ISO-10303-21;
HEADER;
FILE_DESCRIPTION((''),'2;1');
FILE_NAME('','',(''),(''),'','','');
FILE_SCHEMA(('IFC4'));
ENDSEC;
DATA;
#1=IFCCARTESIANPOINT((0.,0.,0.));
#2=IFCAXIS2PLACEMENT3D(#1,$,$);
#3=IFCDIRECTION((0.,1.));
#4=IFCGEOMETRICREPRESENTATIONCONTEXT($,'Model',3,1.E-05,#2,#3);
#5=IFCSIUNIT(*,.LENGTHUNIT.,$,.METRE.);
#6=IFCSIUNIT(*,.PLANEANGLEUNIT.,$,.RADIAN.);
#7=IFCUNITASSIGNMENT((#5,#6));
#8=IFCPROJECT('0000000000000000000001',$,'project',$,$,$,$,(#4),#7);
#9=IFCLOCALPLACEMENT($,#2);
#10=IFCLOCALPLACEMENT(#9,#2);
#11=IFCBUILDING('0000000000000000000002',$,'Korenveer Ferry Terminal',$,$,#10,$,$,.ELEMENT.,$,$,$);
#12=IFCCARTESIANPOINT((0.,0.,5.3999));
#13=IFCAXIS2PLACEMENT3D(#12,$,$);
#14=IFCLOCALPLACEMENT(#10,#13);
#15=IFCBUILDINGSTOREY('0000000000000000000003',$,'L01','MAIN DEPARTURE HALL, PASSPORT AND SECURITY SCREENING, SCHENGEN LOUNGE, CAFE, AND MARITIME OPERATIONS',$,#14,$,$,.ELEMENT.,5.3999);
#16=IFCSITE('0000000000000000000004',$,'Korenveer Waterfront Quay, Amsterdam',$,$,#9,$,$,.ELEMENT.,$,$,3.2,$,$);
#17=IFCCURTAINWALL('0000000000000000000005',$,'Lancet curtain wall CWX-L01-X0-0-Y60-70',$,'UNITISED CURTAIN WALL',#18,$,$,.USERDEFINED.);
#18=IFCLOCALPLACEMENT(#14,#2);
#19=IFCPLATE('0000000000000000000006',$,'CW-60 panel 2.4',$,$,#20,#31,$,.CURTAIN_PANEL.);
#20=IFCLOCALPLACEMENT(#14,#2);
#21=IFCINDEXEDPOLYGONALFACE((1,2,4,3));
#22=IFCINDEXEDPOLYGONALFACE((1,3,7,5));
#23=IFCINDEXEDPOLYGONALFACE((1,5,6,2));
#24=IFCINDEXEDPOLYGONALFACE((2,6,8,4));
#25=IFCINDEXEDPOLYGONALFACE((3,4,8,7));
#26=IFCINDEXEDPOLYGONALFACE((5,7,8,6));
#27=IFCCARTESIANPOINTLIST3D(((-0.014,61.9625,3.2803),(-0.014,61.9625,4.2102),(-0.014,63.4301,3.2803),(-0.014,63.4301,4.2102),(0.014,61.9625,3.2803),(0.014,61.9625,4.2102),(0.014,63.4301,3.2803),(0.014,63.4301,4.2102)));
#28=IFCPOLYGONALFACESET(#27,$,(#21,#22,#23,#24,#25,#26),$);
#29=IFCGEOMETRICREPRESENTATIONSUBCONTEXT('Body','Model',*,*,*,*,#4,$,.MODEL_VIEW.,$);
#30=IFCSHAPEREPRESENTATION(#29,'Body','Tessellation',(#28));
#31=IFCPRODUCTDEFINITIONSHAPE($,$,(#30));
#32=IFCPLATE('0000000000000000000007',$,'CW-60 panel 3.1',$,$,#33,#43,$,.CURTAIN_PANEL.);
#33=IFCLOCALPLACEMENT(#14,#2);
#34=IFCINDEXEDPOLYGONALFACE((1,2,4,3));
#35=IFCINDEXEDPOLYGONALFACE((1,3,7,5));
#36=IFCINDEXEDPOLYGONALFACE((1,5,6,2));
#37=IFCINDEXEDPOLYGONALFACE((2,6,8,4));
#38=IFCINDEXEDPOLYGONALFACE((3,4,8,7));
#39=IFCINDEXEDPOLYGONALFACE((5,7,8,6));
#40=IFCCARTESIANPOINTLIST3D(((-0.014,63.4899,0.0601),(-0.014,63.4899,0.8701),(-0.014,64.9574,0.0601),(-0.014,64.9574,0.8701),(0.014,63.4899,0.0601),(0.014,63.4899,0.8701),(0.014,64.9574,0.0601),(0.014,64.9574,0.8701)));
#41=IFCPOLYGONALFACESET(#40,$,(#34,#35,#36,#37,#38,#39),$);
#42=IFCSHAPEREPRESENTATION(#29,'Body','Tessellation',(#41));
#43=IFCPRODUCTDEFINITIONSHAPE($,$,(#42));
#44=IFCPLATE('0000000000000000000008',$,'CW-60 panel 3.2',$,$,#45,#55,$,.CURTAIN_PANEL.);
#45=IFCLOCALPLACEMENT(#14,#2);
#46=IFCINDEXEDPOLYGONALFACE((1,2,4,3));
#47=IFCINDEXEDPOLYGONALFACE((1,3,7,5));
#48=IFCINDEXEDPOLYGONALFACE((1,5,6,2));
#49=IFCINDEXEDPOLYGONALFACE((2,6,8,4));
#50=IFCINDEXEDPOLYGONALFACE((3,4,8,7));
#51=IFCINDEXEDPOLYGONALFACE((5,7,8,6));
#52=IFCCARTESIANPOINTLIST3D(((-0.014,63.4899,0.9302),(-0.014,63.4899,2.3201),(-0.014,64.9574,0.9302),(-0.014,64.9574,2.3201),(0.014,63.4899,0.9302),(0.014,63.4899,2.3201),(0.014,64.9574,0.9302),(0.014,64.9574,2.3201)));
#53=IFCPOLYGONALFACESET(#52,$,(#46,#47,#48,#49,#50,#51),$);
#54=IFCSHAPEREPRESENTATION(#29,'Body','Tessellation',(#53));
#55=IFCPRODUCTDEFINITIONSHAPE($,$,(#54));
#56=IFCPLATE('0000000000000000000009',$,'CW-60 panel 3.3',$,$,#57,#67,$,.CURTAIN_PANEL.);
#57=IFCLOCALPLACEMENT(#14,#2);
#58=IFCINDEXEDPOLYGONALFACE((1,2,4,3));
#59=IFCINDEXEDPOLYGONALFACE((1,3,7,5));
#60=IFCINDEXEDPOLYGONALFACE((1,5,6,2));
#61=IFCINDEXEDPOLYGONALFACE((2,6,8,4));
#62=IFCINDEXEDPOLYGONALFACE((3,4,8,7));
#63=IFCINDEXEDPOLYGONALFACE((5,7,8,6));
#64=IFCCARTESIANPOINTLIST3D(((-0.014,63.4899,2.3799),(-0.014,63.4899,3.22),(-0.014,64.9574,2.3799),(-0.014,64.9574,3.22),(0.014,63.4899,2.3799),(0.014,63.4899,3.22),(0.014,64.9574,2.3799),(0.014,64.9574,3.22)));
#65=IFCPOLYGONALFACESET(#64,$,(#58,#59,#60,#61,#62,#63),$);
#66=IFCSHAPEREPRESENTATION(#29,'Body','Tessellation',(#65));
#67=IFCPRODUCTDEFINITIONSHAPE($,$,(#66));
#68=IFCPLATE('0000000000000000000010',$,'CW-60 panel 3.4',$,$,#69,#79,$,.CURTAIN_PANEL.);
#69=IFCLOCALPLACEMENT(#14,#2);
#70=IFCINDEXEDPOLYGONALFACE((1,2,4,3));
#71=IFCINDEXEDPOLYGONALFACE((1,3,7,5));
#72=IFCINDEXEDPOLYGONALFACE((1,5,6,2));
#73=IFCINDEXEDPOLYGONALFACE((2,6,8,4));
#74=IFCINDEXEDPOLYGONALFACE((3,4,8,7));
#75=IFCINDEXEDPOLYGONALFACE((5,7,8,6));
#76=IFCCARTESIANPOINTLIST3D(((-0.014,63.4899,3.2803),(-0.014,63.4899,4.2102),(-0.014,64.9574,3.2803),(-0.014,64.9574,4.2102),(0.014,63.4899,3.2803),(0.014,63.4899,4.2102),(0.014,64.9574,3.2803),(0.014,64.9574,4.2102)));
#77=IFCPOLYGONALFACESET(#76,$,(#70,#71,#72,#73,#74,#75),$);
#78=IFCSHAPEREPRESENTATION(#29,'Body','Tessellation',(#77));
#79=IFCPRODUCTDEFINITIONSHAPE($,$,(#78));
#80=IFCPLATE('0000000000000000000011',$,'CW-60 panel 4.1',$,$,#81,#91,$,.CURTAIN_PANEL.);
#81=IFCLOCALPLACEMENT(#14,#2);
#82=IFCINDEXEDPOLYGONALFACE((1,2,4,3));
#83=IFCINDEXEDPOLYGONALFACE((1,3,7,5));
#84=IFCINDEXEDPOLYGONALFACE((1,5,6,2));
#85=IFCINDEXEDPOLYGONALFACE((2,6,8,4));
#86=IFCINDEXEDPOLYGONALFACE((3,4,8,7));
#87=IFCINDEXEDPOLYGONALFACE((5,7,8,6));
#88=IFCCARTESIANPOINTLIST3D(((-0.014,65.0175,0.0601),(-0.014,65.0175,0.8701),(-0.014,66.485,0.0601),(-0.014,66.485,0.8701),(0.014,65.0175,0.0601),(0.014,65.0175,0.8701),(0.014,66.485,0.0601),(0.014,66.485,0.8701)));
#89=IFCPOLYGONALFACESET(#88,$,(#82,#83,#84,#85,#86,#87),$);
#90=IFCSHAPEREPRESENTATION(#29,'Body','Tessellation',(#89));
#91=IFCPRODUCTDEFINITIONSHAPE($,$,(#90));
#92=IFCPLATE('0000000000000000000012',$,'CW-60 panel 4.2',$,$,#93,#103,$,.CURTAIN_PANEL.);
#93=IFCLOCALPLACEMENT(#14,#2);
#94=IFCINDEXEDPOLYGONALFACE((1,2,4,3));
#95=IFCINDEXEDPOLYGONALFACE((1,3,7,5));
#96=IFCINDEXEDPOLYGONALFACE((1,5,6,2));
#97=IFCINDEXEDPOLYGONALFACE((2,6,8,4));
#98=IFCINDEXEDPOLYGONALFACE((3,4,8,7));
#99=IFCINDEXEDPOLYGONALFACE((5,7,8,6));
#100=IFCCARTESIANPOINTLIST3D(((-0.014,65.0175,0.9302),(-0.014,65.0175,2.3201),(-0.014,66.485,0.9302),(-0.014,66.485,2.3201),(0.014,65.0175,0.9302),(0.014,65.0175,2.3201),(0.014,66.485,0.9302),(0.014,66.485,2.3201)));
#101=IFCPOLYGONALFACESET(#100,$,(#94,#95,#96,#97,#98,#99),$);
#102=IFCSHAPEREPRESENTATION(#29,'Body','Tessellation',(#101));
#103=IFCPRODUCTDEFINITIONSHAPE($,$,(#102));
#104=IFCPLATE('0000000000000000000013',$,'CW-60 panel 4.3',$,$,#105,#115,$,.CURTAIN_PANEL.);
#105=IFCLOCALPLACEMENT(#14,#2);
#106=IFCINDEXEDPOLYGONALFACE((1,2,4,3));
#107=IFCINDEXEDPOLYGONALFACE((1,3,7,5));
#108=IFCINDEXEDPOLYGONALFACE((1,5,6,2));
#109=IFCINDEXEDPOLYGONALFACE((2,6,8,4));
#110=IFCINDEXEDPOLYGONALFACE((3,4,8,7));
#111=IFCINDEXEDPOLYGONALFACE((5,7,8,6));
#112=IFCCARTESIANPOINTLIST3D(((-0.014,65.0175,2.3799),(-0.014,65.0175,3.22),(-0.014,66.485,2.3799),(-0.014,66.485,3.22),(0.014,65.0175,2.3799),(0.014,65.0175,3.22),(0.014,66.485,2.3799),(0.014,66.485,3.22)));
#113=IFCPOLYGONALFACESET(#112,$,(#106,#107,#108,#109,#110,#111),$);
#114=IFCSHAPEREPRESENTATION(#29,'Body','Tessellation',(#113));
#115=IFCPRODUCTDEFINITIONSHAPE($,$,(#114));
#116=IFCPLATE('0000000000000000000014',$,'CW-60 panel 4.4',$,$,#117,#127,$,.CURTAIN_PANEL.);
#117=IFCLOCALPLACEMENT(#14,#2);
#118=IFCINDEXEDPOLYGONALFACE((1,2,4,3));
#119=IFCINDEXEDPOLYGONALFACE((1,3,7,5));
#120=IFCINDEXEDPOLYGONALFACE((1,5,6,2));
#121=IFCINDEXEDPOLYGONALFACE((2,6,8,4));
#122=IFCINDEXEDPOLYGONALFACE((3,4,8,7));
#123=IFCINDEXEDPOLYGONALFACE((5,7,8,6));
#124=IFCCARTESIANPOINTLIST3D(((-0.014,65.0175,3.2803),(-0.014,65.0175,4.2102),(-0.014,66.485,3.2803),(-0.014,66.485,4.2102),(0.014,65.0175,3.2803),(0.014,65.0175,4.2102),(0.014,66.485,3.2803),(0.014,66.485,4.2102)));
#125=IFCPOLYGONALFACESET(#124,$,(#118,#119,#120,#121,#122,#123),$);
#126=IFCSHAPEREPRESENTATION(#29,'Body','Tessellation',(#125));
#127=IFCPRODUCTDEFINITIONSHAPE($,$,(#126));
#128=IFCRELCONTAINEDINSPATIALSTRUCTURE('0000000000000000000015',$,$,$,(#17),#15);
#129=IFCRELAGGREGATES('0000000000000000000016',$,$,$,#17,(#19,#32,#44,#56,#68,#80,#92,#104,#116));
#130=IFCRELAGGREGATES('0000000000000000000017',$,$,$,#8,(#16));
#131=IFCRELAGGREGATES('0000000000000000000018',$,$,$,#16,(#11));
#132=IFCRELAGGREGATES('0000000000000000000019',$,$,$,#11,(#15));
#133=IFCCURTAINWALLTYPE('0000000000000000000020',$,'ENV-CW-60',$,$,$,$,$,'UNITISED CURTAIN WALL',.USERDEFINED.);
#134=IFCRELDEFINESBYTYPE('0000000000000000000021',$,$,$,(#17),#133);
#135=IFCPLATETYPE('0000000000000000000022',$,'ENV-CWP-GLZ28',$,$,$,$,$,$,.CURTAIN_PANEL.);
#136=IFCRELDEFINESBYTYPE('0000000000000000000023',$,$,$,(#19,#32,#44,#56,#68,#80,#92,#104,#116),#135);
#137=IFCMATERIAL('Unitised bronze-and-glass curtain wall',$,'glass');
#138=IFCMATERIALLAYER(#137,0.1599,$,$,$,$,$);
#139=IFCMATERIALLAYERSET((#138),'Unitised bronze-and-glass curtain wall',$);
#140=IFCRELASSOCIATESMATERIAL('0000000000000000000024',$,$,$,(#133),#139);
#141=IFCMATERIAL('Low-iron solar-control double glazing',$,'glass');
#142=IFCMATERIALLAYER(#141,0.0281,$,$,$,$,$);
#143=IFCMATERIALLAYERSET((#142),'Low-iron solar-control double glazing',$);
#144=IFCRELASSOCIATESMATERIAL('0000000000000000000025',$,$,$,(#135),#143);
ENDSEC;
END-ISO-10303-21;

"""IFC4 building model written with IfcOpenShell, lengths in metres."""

from ifc_helpers import new_model, si_unit, direction, frame, origin, origin_2d, place, context, subcontext, project, spatial, rectangle, extrude, material, layer, layer_set, type_object, element, aggregate, save


model = new_model("IFC4")

# Units and contexts
model_context = context("Model", 3, precision=1e-05, world=origin(), true_north=direction((0.0, 1.0)))
body_context = subcontext(model_context, "Body", "Model", "MODEL_VIEW")
ifc_project = project(units=[si_unit("LENGTHUNIT", "METRE"), si_unit("PLANEANGLEUNIT", "RADIAN")], contexts=[model_context])

# Site, building, storey
site_placement = place(None, origin())
site = spatial("IfcSite", under=ifc_project, at=site_placement, Name="Korenveer Waterfront Quay, Amsterdam", CompositionType="ELEMENT", RefElevation=3.2)
building_placement = place(site_placement, origin())
building = spatial("IfcBuilding", under=site, at=building_placement, Name="Korenveer Ferry Terminal", CompositionType="ELEMENT")
storey_placement = place(building_placement, frame((0.0, 0.0, 5.3999)))
storey = spatial("IfcBuildingStorey", under=building, at=storey_placement, Name="L01", Description="MAIN DEPARTURE HALL, PASSPORT AND SECURITY SCREENING, SCHENGEN LOUNGE, CAFE, AND MARITIME OPERATIONS", CompositionType="ELEMENT", Elevation=5.3999)

# Curtain wall
ifc_material_1 = material(Name="Unitised bronze-and-glass curtain wall", Category="glass")
ifc_layer_1 = layer(ifc_material_1, 0.1599)
ifc_layer_set_1 = layer_set([ifc_layer_1], Name="Unitised bronze-and-glass curtain wall")
curtain_wall_type = type_object("IfcCurtainWallType", Name="ENV-CW-60", ElementType="UNITISED CURTAIN WALL", PredefinedType="USERDEFINED", material=ifc_layer_set_1)
curtain_wall_placement = place(storey_placement, frame((0.0, 60.405, 0.0)))
curtain_wall = element("IfcCurtainWall", 1, at=curtain_wall_placement, inside=storey, type_object=curtain_wall_type, Name="Lancet curtain wall CWX-L01-X0-0-Y60-70", ObjectType="UNITISED CURTAIN WALL", PredefinedType="USERDEFINED")

# Plates
ifc_material_2 = material(Name="Low-iron solar-control double glazing", Category="glass")
ifc_layer_2 = layer(ifc_material_2, 0.0281)
ifc_layer_set_2 = layer_set([ifc_layer_2], Name="Low-iron solar-control double glazing")
plate_type = type_object("IfcPlateType", Name="ENV-CWP-GLZ28", PredefinedType="CURTAIN_PANEL", material=ifc_layer_set_2)
plate_1_placement = place(storey_placement, frame((0.0, 62.6963, 3.2803), z_axis=(0.0, 0.0, 1.0), x_axis=(0.0, 1.0, 0.0)))
plate_1 = element("IfcPlate", 2, at=plate_1_placement, type_object=plate_type, Name="CW-60 panel 2.4", PredefinedType="CURTAIN_PANEL", context=body_context, shape_type="SweptSolid", body=[
    extrude(rectangle(XDim=1.4675, YDim=0.0281, at=origin_2d()), origin(), (0.0, 0.0, 1.0), 0.9299),
])
plate_2_placement = place(storey_placement, frame((0.0, 64.2236, 0.0601), z_axis=(0.0, 0.0, 1.0), x_axis=(0.0, 1.0, 0.0)))
plate_2 = element("IfcPlate", 3, at=plate_2_placement, type_object=plate_type, Name="CW-60 panel 3.1", PredefinedType="CURTAIN_PANEL", context=body_context, shape_type="SweptSolid", body=[
    extrude(rectangle(XDim=1.4675, YDim=0.0281, at=origin_2d()), origin(), (0.0, 0.0, 1.0), 0.8101),
])
plate_3_placement = place(storey_placement, frame((0.0, 64.2236, 0.9302), z_axis=(0.0, 0.0, 1.0), x_axis=(0.0, 1.0, 0.0)))
plate_3 = element("IfcPlate", 4, at=plate_3_placement, type_object=plate_type, Name="CW-60 panel 3.2", PredefinedType="CURTAIN_PANEL", context=body_context, shape_type="SweptSolid", body=[
    extrude(rectangle(XDim=1.4675, YDim=0.0281, at=origin_2d()), origin(), (0.0, 0.0, 1.0), 1.3899),
])
plate_4_placement = place(storey_placement, frame((0.0, 64.2236, 2.3799), z_axis=(0.0, 0.0, 1.0), x_axis=(0.0, 1.0, 0.0)))
plate_4 = element("IfcPlate", 5, at=plate_4_placement, type_object=plate_type, Name="CW-60 panel 3.3", PredefinedType="CURTAIN_PANEL", context=body_context, shape_type="SweptSolid", body=[
    extrude(rectangle(XDim=1.4675, YDim=0.0281, at=origin_2d()), origin(), (0.0, 0.0, 1.0), 0.8401),
])
plate_5_placement = place(storey_placement, frame((0.0, 64.2236, 3.2803), z_axis=(0.0, 0.0, 1.0), x_axis=(0.0, 1.0, 0.0)))
plate_5 = element("IfcPlate", 6, at=plate_5_placement, type_object=plate_type, Name="CW-60 panel 3.4", PredefinedType="CURTAIN_PANEL", context=body_context, shape_type="SweptSolid", body=[
    extrude(rectangle(XDim=1.4675, YDim=0.0281, at=origin_2d()), origin(), (0.0, 0.0, 1.0), 0.9299),
])
plate_6_placement = place(storey_placement, frame((0.0, 65.7512, 0.0601), z_axis=(0.0, 0.0, 1.0), x_axis=(0.0, 1.0, 0.0)))
plate_6 = element("IfcPlate", 7, at=plate_6_placement, type_object=plate_type, Name="CW-60 panel 4.1", PredefinedType="CURTAIN_PANEL", context=body_context, shape_type="SweptSolid", body=[
    extrude(rectangle(XDim=1.4675, YDim=0.0281, at=origin_2d()), origin(), (0.0, 0.0, 1.0), 0.8101),
])
plate_7_placement = place(storey_placement, frame((0.0, 65.7512, 0.9302), z_axis=(0.0, 0.0, 1.0), x_axis=(0.0, 1.0, 0.0)))
plate_7 = element("IfcPlate", 8, at=plate_7_placement, type_object=plate_type, Name="CW-60 panel 4.2", PredefinedType="CURTAIN_PANEL", context=body_context, shape_type="SweptSolid", body=[
    extrude(rectangle(XDim=1.4675, YDim=0.0281, at=origin_2d()), origin(), (0.0, 0.0, 1.0), 1.3899),
])
plate_8_placement = place(storey_placement, frame((0.0, 65.7512, 2.3799), z_axis=(0.0, 0.0, 1.0), x_axis=(0.0, 1.0, 0.0)))
plate_8 = element("IfcPlate", 9, at=plate_8_placement, type_object=plate_type, Name="CW-60 panel 4.3", PredefinedType="CURTAIN_PANEL", context=body_context, shape_type="SweptSolid", body=[
    extrude(rectangle(XDim=1.4675, YDim=0.0281, at=origin_2d()), origin(), (0.0, 0.0, 1.0), 0.8401),
])
plate_9_placement = place(storey_placement, frame((0.0, 65.7512, 3.2803), z_axis=(0.0, 0.0, 1.0), x_axis=(0.0, 1.0, 0.0)))
plate_9 = element("IfcPlate", 10, at=plate_9_placement, type_object=plate_type, Name="CW-60 panel 4.4", PredefinedType="CURTAIN_PANEL", context=body_context, shape_type="SweptSolid", body=[
    extrude(rectangle(XDim=1.4675, YDim=0.0281, at=origin_2d()), origin(), (0.0, 0.0, 1.0), 0.9299),
])
aggregate(curtain_wall, [plate_1, plate_2, plate_3, plate_4, plate_5, plate_6, plate_7, plate_8, plate_9])

save(model, "model.ifc")
